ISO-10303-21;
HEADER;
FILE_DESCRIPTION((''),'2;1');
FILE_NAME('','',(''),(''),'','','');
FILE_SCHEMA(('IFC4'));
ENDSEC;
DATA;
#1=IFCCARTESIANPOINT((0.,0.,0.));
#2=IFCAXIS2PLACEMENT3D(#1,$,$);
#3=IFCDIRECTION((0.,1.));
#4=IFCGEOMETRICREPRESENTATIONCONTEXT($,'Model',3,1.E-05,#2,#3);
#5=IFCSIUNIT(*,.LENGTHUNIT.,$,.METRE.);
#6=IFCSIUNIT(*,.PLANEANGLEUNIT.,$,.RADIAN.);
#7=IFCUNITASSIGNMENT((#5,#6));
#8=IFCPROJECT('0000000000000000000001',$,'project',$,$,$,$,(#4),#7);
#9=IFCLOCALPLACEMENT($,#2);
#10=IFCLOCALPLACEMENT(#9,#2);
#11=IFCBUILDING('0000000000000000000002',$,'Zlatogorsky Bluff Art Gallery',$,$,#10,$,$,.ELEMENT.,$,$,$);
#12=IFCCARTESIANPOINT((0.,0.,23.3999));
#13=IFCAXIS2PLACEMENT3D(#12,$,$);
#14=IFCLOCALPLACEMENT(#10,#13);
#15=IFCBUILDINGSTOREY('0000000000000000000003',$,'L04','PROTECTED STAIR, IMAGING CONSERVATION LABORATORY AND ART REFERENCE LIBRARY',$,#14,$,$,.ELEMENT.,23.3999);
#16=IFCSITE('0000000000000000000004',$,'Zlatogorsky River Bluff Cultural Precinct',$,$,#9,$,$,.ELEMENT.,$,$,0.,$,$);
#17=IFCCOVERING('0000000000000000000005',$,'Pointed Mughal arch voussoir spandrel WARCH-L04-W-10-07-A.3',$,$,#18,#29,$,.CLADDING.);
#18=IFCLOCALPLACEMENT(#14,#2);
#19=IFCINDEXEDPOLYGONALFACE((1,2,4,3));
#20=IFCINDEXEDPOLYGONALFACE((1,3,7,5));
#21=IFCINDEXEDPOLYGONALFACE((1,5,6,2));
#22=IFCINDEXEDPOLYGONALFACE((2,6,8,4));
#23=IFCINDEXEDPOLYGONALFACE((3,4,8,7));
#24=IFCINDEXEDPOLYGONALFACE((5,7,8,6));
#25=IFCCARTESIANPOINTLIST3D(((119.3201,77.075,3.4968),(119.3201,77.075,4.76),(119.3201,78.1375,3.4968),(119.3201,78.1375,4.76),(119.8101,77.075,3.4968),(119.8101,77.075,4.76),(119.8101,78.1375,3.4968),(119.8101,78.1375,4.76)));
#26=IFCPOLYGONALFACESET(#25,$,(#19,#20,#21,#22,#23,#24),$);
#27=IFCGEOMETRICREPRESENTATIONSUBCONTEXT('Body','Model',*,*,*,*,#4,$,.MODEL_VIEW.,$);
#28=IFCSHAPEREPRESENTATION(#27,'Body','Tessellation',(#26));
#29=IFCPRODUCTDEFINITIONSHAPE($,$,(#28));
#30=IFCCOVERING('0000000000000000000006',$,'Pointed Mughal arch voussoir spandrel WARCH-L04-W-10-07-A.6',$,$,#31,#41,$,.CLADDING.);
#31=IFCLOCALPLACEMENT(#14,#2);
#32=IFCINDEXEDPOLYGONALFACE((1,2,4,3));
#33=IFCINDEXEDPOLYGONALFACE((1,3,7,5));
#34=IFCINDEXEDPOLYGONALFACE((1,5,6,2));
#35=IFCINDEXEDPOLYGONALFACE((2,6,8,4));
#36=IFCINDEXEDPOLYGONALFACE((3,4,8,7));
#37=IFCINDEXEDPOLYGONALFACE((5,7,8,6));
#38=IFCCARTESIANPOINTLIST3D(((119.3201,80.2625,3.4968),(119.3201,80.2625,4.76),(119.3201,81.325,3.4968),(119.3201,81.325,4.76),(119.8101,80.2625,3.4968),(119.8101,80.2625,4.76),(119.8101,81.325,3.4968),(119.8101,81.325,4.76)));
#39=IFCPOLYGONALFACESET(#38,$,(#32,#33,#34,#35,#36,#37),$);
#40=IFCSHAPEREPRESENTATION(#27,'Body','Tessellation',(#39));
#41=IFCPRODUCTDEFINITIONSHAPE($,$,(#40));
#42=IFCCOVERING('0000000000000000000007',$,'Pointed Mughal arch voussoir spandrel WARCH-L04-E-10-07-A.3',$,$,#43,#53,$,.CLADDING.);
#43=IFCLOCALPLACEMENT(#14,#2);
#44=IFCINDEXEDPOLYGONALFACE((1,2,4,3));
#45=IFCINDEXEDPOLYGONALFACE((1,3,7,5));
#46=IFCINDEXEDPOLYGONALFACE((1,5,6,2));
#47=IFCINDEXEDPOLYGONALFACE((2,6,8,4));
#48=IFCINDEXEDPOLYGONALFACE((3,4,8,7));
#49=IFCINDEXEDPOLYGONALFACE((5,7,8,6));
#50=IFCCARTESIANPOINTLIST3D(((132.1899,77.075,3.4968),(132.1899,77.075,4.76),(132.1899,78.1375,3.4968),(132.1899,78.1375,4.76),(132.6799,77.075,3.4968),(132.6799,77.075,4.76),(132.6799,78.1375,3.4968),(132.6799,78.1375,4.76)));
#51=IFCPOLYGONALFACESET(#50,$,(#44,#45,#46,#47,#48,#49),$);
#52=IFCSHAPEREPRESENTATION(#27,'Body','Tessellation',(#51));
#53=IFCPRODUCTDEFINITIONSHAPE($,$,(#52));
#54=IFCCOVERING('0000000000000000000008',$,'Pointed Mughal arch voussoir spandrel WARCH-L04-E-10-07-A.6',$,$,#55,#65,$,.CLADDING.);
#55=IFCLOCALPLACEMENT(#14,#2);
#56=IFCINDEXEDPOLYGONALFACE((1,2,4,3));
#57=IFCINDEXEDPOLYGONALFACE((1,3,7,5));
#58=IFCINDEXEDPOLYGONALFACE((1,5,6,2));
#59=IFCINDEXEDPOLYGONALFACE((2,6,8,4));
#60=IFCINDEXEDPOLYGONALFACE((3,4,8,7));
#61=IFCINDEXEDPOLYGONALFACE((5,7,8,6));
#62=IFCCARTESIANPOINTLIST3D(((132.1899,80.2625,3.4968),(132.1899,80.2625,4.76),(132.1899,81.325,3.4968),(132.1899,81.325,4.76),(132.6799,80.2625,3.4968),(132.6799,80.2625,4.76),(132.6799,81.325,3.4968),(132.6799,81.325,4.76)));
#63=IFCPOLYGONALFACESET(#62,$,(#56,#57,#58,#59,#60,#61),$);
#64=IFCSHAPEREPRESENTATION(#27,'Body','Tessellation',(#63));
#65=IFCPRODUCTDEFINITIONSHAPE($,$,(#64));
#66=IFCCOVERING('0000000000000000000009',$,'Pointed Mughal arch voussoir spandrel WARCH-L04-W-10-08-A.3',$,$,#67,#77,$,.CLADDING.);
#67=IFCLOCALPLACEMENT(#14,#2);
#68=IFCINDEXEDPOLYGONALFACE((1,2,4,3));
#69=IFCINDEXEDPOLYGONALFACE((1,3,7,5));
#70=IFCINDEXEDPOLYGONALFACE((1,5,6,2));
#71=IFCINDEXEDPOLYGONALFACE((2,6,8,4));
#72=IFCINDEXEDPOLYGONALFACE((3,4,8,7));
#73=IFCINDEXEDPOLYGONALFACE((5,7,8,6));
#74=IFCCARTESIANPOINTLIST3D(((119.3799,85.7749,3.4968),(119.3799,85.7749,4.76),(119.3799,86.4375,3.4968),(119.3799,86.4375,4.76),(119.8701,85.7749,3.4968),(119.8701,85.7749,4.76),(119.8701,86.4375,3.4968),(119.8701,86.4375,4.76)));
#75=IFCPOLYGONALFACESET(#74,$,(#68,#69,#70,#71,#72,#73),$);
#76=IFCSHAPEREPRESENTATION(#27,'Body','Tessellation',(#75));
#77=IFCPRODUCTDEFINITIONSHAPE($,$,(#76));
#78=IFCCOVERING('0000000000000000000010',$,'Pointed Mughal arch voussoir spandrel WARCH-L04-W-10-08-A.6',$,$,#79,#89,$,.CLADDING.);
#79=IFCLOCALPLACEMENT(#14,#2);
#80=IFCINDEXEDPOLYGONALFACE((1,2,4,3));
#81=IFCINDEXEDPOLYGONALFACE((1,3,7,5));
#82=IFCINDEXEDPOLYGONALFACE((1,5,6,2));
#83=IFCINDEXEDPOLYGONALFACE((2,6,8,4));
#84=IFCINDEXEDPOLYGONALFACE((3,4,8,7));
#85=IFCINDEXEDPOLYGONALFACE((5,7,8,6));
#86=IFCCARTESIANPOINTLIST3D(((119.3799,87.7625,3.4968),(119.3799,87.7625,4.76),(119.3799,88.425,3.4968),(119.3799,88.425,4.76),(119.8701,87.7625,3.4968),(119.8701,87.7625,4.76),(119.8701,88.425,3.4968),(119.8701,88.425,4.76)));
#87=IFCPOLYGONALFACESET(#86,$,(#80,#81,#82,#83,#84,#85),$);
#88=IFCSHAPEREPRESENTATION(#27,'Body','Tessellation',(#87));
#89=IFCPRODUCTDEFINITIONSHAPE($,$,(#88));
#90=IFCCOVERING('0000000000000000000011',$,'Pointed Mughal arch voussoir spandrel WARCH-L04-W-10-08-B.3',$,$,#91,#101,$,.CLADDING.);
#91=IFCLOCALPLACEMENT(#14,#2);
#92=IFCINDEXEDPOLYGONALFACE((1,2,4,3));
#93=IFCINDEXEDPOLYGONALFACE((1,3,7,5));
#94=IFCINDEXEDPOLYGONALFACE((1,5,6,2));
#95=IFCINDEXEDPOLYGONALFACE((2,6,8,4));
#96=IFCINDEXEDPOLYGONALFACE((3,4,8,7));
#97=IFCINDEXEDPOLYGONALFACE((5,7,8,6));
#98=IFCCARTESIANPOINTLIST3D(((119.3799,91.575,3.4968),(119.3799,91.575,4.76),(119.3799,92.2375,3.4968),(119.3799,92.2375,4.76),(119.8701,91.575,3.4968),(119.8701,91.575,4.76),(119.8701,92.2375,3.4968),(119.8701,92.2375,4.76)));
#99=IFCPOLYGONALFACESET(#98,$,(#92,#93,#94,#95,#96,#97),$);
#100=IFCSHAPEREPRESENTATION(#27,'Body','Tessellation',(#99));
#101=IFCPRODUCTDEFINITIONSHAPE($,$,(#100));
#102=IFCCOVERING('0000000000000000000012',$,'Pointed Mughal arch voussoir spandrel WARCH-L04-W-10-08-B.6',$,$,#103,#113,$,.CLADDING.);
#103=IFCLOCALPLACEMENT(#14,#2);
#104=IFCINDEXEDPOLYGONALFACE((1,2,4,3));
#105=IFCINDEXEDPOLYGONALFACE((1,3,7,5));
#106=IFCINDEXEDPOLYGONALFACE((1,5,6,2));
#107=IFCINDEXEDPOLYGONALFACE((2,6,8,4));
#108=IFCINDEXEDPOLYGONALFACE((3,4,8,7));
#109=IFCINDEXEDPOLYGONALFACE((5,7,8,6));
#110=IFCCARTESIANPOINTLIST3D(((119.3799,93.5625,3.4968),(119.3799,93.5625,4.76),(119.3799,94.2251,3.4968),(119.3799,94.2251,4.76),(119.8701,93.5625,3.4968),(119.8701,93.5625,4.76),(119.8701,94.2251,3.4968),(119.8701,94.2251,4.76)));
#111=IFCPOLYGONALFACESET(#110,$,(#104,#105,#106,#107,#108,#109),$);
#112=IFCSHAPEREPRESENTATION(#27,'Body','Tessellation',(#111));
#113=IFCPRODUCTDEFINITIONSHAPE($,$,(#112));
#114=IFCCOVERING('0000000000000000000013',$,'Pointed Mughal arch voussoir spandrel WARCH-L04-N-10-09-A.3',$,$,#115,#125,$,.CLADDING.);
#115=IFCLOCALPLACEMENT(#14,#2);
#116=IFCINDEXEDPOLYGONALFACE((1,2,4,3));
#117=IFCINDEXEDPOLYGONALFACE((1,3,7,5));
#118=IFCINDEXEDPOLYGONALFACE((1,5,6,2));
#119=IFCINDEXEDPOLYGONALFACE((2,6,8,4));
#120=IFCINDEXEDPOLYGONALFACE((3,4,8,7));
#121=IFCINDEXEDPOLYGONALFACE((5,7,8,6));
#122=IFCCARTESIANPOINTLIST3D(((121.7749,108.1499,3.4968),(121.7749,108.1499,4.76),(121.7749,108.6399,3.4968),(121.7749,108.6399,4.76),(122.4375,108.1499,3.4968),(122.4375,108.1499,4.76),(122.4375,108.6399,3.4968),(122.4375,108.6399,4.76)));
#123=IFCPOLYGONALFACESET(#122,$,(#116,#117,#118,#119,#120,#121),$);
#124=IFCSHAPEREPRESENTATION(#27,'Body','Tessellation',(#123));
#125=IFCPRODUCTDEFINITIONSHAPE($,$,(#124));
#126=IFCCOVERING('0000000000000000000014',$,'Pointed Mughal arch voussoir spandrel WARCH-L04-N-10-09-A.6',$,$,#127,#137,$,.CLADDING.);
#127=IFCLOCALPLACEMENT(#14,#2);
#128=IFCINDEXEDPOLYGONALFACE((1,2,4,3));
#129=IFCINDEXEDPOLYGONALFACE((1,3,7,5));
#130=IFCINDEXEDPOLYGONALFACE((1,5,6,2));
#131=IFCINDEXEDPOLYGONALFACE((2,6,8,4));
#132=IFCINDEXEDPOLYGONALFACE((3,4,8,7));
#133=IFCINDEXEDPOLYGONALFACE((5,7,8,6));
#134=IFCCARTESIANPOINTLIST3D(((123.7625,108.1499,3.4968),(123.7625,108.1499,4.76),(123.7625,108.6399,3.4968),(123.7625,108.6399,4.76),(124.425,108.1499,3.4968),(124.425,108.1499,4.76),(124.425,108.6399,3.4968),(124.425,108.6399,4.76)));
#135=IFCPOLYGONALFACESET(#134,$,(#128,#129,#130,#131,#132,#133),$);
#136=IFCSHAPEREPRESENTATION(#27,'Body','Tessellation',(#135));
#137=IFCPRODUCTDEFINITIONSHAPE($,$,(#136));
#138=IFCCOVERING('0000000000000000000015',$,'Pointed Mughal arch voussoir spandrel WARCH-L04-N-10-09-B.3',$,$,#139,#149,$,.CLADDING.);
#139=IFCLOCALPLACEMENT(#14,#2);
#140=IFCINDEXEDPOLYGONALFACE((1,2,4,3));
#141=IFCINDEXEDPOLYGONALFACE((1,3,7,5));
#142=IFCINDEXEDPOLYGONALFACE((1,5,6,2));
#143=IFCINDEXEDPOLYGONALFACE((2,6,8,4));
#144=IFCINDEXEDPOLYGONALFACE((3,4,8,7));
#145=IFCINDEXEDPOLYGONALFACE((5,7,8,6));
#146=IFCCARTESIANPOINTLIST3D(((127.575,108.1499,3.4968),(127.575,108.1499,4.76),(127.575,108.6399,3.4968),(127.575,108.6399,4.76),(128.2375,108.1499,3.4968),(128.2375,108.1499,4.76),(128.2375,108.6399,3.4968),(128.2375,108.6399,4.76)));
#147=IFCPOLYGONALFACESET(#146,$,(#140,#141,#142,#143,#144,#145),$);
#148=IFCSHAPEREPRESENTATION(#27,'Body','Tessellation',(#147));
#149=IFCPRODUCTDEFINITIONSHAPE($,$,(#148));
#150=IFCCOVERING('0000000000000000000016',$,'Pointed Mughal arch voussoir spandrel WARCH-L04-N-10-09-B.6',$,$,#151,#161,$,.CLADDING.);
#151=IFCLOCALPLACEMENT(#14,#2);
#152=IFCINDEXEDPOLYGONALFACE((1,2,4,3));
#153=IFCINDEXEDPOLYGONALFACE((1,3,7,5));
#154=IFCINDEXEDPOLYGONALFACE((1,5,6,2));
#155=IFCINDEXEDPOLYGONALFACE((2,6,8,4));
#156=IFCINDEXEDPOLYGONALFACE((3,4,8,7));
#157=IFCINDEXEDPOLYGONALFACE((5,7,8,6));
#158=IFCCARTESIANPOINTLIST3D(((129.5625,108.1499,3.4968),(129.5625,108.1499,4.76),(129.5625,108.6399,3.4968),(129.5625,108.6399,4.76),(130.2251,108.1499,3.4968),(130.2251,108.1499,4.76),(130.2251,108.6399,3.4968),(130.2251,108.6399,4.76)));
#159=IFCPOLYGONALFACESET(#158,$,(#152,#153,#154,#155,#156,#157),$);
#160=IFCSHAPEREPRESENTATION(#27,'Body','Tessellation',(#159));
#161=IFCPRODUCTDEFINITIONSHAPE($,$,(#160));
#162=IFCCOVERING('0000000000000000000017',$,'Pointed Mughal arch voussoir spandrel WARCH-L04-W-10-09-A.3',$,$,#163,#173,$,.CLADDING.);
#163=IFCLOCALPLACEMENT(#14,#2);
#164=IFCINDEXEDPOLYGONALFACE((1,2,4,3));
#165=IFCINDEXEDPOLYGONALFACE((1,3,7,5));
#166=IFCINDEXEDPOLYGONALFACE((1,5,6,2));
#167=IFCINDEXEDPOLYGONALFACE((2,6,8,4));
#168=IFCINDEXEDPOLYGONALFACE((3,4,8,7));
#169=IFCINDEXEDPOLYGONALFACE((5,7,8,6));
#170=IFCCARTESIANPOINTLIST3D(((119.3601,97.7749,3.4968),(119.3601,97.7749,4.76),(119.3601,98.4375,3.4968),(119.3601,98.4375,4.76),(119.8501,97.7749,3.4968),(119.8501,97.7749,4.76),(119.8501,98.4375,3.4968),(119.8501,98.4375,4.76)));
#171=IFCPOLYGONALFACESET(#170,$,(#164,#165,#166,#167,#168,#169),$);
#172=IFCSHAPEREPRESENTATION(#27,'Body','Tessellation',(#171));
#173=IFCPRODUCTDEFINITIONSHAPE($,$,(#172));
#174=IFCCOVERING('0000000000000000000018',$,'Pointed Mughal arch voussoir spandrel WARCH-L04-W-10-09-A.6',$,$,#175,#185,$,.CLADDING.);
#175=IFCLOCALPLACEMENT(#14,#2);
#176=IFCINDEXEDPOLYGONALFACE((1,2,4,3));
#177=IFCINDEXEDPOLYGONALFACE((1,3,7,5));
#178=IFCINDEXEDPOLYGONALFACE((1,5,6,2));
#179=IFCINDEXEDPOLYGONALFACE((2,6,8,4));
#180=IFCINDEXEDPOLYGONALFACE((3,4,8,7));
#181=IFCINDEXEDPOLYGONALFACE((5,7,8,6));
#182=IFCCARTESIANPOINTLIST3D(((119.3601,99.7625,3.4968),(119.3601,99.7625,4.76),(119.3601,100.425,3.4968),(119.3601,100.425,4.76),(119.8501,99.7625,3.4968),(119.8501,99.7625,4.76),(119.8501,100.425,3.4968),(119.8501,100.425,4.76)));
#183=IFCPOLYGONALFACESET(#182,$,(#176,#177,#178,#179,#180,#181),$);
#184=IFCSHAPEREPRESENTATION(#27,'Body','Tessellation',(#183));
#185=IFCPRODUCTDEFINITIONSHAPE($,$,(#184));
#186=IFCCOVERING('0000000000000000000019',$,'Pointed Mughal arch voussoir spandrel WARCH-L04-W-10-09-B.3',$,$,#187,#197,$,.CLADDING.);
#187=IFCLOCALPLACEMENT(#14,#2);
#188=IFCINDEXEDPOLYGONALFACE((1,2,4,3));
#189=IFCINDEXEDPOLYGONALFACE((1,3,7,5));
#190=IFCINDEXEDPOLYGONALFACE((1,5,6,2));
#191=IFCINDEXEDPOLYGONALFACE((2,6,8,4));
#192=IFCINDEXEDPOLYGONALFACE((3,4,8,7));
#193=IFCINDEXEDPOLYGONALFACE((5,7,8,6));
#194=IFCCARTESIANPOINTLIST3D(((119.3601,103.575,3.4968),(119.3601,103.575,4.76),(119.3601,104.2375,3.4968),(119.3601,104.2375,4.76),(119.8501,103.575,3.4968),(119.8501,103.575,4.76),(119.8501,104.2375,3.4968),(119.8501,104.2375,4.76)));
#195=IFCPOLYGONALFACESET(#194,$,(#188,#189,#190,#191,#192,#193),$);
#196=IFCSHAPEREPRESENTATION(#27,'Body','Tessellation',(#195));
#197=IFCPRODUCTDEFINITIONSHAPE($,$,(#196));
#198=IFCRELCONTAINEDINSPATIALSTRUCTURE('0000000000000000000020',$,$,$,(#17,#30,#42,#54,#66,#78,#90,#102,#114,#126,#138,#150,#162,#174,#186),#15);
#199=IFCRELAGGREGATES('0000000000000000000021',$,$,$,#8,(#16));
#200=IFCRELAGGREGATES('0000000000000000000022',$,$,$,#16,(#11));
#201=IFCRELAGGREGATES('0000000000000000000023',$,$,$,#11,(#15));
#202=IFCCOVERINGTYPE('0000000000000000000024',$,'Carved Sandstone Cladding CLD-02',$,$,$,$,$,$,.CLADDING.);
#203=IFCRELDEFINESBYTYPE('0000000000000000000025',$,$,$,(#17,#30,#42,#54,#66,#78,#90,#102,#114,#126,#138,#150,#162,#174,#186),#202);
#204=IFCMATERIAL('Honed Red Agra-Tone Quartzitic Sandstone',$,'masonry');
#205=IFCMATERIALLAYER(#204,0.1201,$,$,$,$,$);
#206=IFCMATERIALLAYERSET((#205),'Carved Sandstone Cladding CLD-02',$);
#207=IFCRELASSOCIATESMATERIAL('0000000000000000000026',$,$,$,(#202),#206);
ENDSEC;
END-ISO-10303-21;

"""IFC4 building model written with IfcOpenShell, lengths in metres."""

from ifc_helpers import new_model, si_unit, direction, frame, origin, place, context, subcontext, project, spatial, polyline, outline, extrude, material, layer, layer_set, type_object, element, save


model = new_model("IFC4")

# Units and contexts
model_context = context("Model", 3, precision=1e-05, world=origin(), true_north=direction((0.0, 1.0)))
body_context = subcontext(model_context, "Body", "Model", "MODEL_VIEW")
ifc_project = project(units=[si_unit("LENGTHUNIT", "METRE"), si_unit("PLANEANGLEUNIT", "RADIAN")], contexts=[model_context])

# Site, building, storey
site_placement = place(None, origin())
site = spatial("IfcSite", under=ifc_project, at=site_placement, Name="Zlatogorsky River Bluff Cultural Precinct", CompositionType="ELEMENT", RefElevation=0.0)
building_placement = place(site_placement, origin())
building = spatial("IfcBuilding", under=site, at=building_placement, Name="Zlatogorsky Bluff Art Gallery", CompositionType="ELEMENT")
storey_placement = place(building_placement, frame((0.0, 0.0, 23.3999)))
storey = spatial("IfcBuildingStorey", under=building, at=storey_placement, Name="L04", Description="PROTECTED STAIR, IMAGING CONSERVATION LABORATORY AND ART REFERENCE LIBRARY", CompositionType="ELEMENT", Elevation=23.3999)

# Coverings
ifc_material = material(Name="Honed Red Agra-Tone Quartzitic Sandstone", Category="masonry")
ifc_layer = layer(ifc_material, 0.1201)
ifc_layer_set = layer_set([ifc_layer], Name="Carved Sandstone Cladding CLD-02")
covering_type = type_object("IfcCoveringType", Name="Carved Sandstone Cladding CLD-02", PredefinedType="CLADDING", material=ifc_layer_set)
covering_1_placement = place(storey_placement, frame((0.0, 0.0, 3.4968)))
element("IfcCovering", 1, at=covering_1_placement, inside=storey, type_object=covering_type, Name="Pointed Mughal arch voussoir spandrel WARCH-L04-W-10-07-A.3", PredefinedType="CLADDING", context=body_context, shape_type="SweptSolid", body=[
    extrude(outline(polyline([(119.3201, 77.075), (119.3201, 78.1375), (119.8101, 78.1375), (119.8101, 77.075), (119.3201, 77.075)])), origin(), (0.0, 0.0, 1.0), 1.2632),
])
covering_2_placement = place(storey_placement, frame((0.0, 0.0, 3.4968)))
element("IfcCovering", 2, at=covering_2_placement, inside=storey, type_object=covering_type, Name="Pointed Mughal arch voussoir spandrel WARCH-L04-W-10-07-A.6", PredefinedType="CLADDING", context=body_context, shape_type="SweptSolid", body=[
    extrude(outline(polyline([(119.3201, 80.2625), (119.3201, 81.325), (119.8101, 81.325), (119.8101, 80.2625), (119.3201, 80.2625)])), origin(), (0.0, 0.0, 1.0), 1.2632),
])
covering_3_placement = place(storey_placement, frame((0.0, 0.0, 3.4968)))
element("IfcCovering", 3, at=covering_3_placement, inside=storey, type_object=covering_type, Name="Pointed Mughal arch voussoir spandrel WARCH-L04-E-10-07-A.3", PredefinedType="CLADDING", context=body_context, shape_type="SweptSolid", body=[
    extrude(outline(polyline([(132.1899, 77.075), (132.1899, 78.1375), (132.6799, 78.1375), (132.6799, 77.075), (132.1899, 77.075)])), origin(), (0.0, 0.0, 1.0), 1.2632),
])
covering_4_placement = place(storey_placement, frame((0.0, 0.0, 3.4968)))
element("IfcCovering", 4, at=covering_4_placement, inside=storey, type_object=covering_type, Name="Pointed Mughal arch voussoir spandrel WARCH-L04-E-10-07-A.6", PredefinedType="CLADDING", context=body_context, shape_type="SweptSolid", body=[
    extrude(outline(polyline([(132.1899, 80.2625), (132.1899, 81.325), (132.6799, 81.325), (132.6799, 80.2625), (132.1899, 80.2625)])), origin(), (0.0, 0.0, 1.0), 1.2632),
])
covering_5_placement = place(storey_placement, frame((0.0, 0.0, 3.4968)))
element("IfcCovering", 5, at=covering_5_placement, inside=storey, type_object=covering_type, Name="Pointed Mughal arch voussoir spandrel WARCH-L04-W-10-08-A.3", PredefinedType="CLADDING", context=body_context, shape_type="SweptSolid", body=[
    extrude(outline(polyline([(119.3799, 85.7749), (119.3799, 86.4375), (119.8701, 86.4375), (119.8701, 85.7749), (119.3799, 85.7749)])), origin(), (0.0, 0.0, 1.0), 1.2632),
])
covering_6_placement = place(storey_placement, frame((0.0, 0.0, 3.4968)))
element("IfcCovering", 6, at=covering_6_placement, inside=storey, type_object=covering_type, Name="Pointed Mughal arch voussoir spandrel WARCH-L04-W-10-08-A.6", PredefinedType="CLADDING", context=body_context, shape_type="SweptSolid", body=[
    extrude(outline(polyline([(119.3799, 87.7625), (119.3799, 88.425), (119.8701, 88.425), (119.8701, 87.7625), (119.3799, 87.7625)])), origin(), (0.0, 0.0, 1.0), 1.2632),
])
covering_7_placement = place(storey_placement, frame((0.0, 0.0, 3.4968)))
element("IfcCovering", 7, at=covering_7_placement, inside=storey, type_object=covering_type, Name="Pointed Mughal arch voussoir spandrel WARCH-L04-W-10-08-B.3", PredefinedType="CLADDING", context=body_context, shape_type="SweptSolid", body=[
    extrude(outline(polyline([(119.3799, 91.575), (119.3799, 92.2375), (119.8701, 92.2375), (119.8701, 91.575), (119.3799, 91.575)])), origin(), (0.0, 0.0, 1.0), 1.2632),
])
covering_8_placement = place(storey_placement, frame((0.0, 0.0, 3.4968)))
element("IfcCovering", 8, at=covering_8_placement, inside=storey, type_object=covering_type, Name="Pointed Mughal arch voussoir spandrel WARCH-L04-W-10-08-B.6", PredefinedType="CLADDING", context=body_context, shape_type="SweptSolid", body=[
    extrude(outline(polyline([(119.3799, 93.5625), (119.3799, 94.2251), (119.8701, 94.2251), (119.8701, 93.5625), (119.3799, 93.5625)])), origin(), (0.0, 0.0, 1.0), 1.2632),
])
covering_9_placement = place(storey_placement, frame((0.0, 0.0, 3.4968)))
element("IfcCovering", 9, at=covering_9_placement, inside=storey, type_object=covering_type, Name="Pointed Mughal arch voussoir spandrel WARCH-L04-N-10-09-A.3", PredefinedType="CLADDING", context=body_context, shape_type="SweptSolid", body=[
    extrude(outline(polyline([(121.7749, 108.1499), (122.4375, 108.1499), (122.4375, 108.6399), (121.7749, 108.6399), (121.7749, 108.1499)])), origin(), (0.0, 0.0, 1.0), 1.2632),
])
covering_10_placement = place(storey_placement, frame((0.0, 0.0, 3.4968)))
element("IfcCovering", 10, at=covering_10_placement, inside=storey, type_object=covering_type, Name="Pointed Mughal arch voussoir spandrel WARCH-L04-N-10-09-A.6", PredefinedType="CLADDING", context=body_context, shape_type="SweptSolid", body=[
    extrude(outline(polyline([(123.7625, 108.1499), (124.425, 108.1499), (124.425, 108.6399), (123.7625, 108.6399), (123.7625, 108.1499)])), origin(), (0.0, 0.0, 1.0), 1.2632),
])
covering_11_placement = place(storey_placement, frame((0.0, 0.0, 3.4968)))
element("IfcCovering", 11, at=covering_11_placement, inside=storey, type_object=covering_type, Name="Pointed Mughal arch voussoir spandrel WARCH-L04-N-10-09-B.3", PredefinedType="CLADDING", context=body_context, shape_type="SweptSolid", body=[
    extrude(outline(polyline([(127.575, 108.1499), (128.2375, 108.1499), (128.2375, 108.6399), (127.575, 108.6399), (127.575, 108.1499)])), origin(), (0.0, 0.0, 1.0), 1.2632),
])
covering_12_placement = place(storey_placement, frame((0.0, 0.0, 3.4968)))
element("IfcCovering", 12, at=covering_12_placement, inside=storey, type_object=covering_type, Name="Pointed Mughal arch voussoir spandrel WARCH-L04-N-10-09-B.6", PredefinedType="CLADDING", context=body_context, shape_type="SweptSolid", body=[
    extrude(outline(polyline([(129.5625, 108.1499), (130.2251, 108.1499), (130.2251, 108.6399), (129.5625, 108.6399), (129.5625, 108.1499)])), origin(), (0.0, 0.0, 1.0), 1.2632),
])
covering_13_placement = place(storey_placement, frame((0.0, 0.0, 3.4968)))
element("IfcCovering", 13, at=covering_13_placement, inside=storey, type_object=covering_type, Name="Pointed Mughal arch voussoir spandrel WARCH-L04-W-10-09-A.3", PredefinedType="CLADDING", context=body_context, shape_type="SweptSolid", body=[
    extrude(outline(polyline([(119.3601, 97.7749), (119.3601, 98.4375), (119.8501, 98.4375), (119.8501, 97.7749), (119.3601, 97.7749)])), origin(), (0.0, 0.0, 1.0), 1.2632),
])
covering_14_placement = place(storey_placement, frame((0.0, 0.0, 3.4968)))
element("IfcCovering", 14, at=covering_14_placement, inside=storey, type_object=covering_type, Name="Pointed Mughal arch voussoir spandrel WARCH-L04-W-10-09-A.6", PredefinedType="CLADDING", context=body_context, shape_type="SweptSolid", body=[
    extrude(outline(polyline([(119.3601, 99.7625), (119.3601, 100.425), (119.8501, 100.425), (119.8501, 99.7625), (119.3601, 99.7625)])), origin(), (0.0, 0.0, 1.0), 1.2632),
])
covering_15_placement = place(storey_placement, frame((0.0, 0.0, 3.4968)))
element("IfcCovering", 15, at=covering_15_placement, inside=storey, type_object=covering_type, Name="Pointed Mughal arch voussoir spandrel WARCH-L04-W-10-09-B.3", PredefinedType="CLADDING", context=body_context, shape_type="SweptSolid", body=[
    extrude(outline(polyline([(119.3601, 103.575), (119.3601, 104.2375), (119.8501, 104.2375), (119.8501, 103.575), (119.3601, 103.575)])), origin(), (0.0, 0.0, 1.0), 1.2632),
])

save(model, "model.ifc")
